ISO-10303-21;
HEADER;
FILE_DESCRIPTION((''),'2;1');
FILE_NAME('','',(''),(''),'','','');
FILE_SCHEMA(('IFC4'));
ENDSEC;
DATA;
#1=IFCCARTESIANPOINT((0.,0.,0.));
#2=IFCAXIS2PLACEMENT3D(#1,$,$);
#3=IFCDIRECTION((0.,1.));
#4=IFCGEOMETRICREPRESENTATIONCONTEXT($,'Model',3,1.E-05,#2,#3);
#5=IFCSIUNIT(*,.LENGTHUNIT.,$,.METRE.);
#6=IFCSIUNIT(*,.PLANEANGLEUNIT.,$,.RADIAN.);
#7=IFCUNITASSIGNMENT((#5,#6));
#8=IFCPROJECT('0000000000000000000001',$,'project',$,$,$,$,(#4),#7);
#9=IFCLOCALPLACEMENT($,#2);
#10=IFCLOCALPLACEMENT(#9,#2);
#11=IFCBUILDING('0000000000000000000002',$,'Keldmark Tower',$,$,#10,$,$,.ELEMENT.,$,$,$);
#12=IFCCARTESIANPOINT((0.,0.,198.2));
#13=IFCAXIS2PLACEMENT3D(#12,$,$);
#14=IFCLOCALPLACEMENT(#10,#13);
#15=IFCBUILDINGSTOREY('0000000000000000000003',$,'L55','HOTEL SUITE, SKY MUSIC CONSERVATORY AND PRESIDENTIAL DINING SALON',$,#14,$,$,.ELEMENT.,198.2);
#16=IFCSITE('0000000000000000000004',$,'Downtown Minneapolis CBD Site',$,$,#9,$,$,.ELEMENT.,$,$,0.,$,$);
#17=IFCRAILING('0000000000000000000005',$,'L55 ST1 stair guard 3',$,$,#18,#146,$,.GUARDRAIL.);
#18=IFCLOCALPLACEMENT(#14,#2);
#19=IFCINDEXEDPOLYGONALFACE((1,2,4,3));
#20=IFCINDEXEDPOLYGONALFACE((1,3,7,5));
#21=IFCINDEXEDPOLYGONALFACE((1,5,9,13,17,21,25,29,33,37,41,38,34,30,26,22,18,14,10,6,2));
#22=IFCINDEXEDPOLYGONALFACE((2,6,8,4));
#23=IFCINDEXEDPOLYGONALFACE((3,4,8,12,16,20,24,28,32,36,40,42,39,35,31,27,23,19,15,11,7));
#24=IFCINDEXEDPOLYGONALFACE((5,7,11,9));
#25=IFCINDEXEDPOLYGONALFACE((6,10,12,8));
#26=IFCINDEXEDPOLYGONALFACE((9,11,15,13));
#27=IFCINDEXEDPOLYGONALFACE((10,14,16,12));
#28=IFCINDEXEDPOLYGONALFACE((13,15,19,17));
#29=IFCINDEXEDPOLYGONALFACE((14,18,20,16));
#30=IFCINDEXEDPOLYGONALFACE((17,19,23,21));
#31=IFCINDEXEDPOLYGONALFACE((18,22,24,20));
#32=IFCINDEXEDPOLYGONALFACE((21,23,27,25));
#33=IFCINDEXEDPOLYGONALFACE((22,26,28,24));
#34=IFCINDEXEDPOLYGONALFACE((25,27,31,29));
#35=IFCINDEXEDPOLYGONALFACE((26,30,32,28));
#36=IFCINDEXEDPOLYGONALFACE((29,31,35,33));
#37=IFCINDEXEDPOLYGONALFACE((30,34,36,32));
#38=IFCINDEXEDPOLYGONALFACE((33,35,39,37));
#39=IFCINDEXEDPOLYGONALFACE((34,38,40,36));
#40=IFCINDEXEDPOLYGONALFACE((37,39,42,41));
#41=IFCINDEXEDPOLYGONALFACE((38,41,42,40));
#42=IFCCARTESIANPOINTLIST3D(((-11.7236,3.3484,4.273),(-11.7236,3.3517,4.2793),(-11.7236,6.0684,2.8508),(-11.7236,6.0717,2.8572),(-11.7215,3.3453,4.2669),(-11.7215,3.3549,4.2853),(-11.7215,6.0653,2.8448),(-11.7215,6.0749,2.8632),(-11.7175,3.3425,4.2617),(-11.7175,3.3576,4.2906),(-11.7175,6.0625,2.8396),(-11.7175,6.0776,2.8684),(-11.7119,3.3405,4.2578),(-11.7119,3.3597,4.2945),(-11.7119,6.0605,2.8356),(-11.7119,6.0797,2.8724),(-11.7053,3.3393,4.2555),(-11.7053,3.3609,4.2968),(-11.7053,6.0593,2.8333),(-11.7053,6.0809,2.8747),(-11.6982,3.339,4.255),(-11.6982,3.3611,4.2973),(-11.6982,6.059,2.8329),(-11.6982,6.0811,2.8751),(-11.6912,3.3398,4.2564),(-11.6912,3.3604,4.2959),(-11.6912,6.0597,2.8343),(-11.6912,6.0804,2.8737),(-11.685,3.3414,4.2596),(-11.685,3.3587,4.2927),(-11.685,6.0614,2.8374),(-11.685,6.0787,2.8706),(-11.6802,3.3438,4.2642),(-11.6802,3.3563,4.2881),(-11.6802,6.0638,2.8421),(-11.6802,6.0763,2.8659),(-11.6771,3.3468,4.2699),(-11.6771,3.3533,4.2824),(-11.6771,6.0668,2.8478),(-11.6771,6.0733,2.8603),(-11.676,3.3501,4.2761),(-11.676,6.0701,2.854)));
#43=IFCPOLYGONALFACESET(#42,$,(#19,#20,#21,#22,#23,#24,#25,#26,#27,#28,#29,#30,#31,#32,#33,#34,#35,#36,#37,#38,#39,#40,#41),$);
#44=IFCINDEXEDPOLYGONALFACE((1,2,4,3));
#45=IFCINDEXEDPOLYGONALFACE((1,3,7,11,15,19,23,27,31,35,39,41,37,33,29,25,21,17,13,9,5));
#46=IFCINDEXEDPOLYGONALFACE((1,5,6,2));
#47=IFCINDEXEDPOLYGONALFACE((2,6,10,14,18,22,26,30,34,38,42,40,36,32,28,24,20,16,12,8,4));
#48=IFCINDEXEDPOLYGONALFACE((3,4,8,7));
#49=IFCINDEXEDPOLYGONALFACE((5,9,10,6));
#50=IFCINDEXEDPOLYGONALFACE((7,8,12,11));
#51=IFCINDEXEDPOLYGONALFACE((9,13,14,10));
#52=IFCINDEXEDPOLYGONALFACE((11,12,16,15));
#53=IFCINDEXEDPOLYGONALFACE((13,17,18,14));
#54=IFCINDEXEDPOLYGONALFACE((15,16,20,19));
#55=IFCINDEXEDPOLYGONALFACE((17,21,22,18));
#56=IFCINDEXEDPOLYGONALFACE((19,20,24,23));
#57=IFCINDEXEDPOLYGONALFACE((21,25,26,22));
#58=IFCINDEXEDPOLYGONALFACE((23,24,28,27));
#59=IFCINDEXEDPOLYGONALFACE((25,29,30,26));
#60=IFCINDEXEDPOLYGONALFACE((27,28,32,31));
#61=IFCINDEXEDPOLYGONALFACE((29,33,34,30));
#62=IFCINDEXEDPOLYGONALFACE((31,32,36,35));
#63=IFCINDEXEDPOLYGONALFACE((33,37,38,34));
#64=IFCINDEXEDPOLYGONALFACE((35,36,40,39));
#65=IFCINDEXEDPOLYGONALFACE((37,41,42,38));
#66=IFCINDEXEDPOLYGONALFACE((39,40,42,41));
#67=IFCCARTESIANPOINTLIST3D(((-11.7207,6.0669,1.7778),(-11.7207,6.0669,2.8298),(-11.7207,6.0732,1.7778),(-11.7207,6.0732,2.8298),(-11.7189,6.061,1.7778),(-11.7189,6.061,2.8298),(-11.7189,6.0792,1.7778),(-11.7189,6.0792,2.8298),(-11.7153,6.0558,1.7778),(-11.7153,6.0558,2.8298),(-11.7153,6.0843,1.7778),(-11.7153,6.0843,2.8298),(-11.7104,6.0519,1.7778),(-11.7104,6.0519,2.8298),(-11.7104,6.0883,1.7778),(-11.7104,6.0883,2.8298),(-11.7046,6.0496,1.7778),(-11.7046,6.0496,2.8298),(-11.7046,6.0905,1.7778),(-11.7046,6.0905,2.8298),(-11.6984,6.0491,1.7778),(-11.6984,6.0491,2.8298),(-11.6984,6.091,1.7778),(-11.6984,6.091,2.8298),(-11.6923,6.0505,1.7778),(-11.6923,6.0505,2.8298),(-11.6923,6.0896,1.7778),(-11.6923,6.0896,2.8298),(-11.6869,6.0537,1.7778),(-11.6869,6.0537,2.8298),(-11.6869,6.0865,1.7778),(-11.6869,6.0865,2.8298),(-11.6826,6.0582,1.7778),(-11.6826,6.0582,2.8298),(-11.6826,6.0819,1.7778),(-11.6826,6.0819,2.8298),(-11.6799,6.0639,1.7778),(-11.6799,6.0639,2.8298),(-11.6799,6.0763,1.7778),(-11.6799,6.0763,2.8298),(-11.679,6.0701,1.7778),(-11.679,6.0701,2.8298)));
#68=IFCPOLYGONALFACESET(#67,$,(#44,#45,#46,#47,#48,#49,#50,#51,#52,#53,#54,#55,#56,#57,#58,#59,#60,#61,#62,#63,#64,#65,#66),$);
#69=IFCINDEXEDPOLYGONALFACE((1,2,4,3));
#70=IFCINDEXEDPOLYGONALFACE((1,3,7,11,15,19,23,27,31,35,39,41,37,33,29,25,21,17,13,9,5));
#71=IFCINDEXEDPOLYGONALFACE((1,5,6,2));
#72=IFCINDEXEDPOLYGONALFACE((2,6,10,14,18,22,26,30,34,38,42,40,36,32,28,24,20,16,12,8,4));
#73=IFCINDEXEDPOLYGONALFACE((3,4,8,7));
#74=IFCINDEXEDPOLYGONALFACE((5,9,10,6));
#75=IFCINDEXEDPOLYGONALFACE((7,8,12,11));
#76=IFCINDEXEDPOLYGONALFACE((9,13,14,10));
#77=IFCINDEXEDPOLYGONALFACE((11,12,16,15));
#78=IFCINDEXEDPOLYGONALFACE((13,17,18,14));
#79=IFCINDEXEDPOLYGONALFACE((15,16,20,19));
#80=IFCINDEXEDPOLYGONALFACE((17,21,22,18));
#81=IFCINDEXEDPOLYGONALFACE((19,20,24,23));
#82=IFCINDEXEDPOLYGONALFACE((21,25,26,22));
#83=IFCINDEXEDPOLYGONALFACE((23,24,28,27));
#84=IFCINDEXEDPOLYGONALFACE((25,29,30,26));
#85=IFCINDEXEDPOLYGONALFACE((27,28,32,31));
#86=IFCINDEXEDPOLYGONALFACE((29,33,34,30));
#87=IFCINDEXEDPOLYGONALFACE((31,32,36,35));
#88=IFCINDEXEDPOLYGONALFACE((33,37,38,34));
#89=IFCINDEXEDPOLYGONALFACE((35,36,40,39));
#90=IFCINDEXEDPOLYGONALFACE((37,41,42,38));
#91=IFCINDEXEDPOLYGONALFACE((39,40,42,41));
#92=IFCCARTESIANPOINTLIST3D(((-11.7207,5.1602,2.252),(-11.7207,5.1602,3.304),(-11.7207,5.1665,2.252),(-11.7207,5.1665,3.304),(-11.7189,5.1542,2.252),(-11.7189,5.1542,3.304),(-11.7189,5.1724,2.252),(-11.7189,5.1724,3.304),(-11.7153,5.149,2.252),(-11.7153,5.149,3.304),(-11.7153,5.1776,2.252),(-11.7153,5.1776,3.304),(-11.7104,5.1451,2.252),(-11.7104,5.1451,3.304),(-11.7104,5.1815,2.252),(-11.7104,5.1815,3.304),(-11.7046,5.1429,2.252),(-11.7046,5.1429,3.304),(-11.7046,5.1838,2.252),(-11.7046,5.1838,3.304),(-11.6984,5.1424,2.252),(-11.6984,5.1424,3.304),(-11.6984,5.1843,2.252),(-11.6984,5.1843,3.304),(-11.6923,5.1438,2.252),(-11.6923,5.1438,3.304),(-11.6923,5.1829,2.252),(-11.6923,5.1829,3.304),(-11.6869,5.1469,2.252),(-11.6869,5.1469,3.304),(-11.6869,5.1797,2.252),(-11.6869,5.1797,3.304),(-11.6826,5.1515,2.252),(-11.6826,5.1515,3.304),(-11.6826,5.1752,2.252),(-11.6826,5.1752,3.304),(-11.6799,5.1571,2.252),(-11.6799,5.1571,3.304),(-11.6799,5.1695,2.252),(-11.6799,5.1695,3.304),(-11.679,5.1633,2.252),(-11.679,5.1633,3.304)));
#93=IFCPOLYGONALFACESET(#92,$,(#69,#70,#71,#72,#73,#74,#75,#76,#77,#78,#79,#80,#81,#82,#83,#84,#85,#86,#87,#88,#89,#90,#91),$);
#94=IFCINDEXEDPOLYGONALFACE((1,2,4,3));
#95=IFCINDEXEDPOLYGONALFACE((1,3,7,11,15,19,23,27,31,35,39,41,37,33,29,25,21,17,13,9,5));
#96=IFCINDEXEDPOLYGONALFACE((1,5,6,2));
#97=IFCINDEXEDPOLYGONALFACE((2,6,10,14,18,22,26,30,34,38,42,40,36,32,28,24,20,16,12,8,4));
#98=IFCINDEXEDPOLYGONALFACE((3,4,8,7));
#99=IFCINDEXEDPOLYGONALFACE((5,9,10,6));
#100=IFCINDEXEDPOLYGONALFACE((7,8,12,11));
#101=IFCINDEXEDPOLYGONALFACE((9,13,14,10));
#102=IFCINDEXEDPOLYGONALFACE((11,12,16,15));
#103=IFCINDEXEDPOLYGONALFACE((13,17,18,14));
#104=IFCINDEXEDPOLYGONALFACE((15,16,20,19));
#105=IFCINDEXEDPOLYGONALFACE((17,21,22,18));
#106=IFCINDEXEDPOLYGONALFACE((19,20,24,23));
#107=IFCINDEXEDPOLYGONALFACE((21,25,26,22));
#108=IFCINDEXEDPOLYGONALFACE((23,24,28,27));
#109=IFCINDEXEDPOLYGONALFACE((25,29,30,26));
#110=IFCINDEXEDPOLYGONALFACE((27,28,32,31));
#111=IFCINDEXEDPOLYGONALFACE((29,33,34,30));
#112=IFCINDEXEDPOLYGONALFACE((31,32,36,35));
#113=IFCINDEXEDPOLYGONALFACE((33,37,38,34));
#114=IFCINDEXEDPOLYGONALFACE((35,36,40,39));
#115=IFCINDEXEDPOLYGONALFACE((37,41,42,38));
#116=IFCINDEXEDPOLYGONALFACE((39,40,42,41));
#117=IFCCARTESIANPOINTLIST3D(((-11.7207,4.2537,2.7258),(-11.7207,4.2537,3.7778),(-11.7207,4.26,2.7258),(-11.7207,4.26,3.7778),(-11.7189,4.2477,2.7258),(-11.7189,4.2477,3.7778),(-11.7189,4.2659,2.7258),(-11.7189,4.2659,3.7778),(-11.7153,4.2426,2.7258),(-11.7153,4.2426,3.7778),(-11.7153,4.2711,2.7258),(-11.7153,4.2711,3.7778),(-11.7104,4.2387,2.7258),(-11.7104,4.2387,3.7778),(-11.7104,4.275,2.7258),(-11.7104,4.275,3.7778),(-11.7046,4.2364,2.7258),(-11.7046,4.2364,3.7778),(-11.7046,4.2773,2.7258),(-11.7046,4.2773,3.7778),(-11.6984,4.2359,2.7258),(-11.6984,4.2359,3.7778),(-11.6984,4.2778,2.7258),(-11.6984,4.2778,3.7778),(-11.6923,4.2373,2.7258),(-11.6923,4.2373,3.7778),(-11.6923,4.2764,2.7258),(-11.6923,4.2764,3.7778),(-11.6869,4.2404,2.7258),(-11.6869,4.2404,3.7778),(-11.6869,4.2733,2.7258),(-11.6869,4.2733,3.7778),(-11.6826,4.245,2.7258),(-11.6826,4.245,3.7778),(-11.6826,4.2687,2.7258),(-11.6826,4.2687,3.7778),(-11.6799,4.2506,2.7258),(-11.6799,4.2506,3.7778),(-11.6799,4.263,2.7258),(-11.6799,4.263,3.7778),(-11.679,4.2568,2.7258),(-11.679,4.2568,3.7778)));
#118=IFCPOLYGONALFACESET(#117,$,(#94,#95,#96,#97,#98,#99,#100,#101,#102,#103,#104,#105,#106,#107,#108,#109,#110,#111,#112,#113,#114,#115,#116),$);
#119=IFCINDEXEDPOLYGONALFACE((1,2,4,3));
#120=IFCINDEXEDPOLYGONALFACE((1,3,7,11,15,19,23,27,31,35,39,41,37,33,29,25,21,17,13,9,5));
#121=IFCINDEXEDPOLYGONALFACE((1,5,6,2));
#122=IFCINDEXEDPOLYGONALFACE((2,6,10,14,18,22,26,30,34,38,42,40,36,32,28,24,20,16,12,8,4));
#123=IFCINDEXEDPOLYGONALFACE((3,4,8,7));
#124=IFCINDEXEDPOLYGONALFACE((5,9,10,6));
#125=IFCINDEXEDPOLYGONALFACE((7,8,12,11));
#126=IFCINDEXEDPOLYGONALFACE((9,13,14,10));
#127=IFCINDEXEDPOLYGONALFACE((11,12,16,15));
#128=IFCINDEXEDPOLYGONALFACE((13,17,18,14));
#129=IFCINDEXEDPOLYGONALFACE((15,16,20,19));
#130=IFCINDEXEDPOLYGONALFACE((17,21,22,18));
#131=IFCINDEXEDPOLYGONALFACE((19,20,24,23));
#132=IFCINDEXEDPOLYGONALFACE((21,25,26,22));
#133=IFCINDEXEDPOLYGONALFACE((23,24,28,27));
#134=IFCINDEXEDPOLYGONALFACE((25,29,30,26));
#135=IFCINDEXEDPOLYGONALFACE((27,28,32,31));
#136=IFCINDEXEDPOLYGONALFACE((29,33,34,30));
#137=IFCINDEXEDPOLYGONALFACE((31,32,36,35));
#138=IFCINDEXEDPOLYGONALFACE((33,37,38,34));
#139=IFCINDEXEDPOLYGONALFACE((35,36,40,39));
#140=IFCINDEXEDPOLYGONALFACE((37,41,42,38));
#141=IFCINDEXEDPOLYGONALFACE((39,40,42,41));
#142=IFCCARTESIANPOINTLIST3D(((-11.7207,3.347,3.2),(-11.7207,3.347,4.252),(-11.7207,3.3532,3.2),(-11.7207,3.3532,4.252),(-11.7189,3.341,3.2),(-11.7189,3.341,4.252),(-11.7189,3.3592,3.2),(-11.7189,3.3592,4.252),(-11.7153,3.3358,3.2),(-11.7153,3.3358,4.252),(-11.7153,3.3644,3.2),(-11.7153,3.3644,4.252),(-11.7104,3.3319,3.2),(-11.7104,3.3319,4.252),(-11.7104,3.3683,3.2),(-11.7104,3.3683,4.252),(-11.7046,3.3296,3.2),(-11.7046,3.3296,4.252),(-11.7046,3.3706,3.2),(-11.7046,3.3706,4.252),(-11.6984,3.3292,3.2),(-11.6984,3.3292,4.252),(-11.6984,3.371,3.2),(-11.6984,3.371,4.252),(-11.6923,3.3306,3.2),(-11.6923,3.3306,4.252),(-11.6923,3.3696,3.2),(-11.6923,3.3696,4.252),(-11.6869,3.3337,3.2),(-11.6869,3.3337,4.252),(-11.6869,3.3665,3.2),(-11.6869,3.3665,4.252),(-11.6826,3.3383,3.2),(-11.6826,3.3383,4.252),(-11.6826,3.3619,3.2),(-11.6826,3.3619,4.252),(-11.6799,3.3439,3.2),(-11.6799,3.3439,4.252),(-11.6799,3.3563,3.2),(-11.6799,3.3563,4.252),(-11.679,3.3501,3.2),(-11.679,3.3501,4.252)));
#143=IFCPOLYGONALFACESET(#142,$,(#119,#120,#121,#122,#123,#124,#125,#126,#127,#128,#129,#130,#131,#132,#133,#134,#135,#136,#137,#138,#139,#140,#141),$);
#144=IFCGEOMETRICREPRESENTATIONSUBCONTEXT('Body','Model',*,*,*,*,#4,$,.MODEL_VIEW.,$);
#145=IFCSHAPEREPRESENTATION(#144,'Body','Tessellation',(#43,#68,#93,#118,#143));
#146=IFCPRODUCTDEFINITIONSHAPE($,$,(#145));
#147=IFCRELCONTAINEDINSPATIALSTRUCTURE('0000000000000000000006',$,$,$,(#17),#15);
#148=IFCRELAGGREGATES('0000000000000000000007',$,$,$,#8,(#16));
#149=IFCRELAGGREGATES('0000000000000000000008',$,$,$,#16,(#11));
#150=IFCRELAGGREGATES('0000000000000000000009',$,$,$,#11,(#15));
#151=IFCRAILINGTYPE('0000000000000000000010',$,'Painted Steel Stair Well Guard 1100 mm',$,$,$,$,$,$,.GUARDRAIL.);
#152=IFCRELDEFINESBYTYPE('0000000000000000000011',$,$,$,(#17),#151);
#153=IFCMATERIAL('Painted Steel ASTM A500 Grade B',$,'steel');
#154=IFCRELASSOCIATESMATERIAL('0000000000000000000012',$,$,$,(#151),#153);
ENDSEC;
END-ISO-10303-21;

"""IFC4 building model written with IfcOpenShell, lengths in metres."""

from ifc_helpers import new_model, si_unit, direction, frame, origin, origin_2d, place, context, subcontext, project, spatial, circle, extrude, material, type_object, element, save


model = new_model("IFC4")

# Units and contexts
model_context = context("Model", 3, precision=1e-05, world=origin(), true_north=direction((0.0, 1.0)))
body_context = subcontext(model_context, "Body", "Model", "MODEL_VIEW")
ifc_project = project(units=[si_unit("LENGTHUNIT", "METRE"), si_unit("PLANEANGLEUNIT", "RADIAN")], contexts=[model_context])

# Site, building, storey
site_placement = place(None, origin())
site = spatial("IfcSite", under=ifc_project, at=site_placement, Name="Downtown Minneapolis CBD Site", CompositionType="ELEMENT", RefElevation=0.0)
building_placement = place(site_placement, origin())
building = spatial("IfcBuilding", under=site, at=building_placement, Name="Keldmark Tower", CompositionType="ELEMENT")
storey_placement = place(building_placement, frame((0.0, 0.0, 198.2)))
storey = spatial("IfcBuildingStorey", under=building, at=storey_placement, Name="L55", Description="HOTEL SUITE, SKY MUSIC CONSERVATORY AND PRESIDENTIAL DINING SALON", CompositionType="ELEMENT", Elevation=198.2)

# Railing
ifc_material_1 = material(Name="Painted Steel ASTM A500 Grade B", Category="steel")
railing_type_1 = type_object("IfcRailingType", Name="Painted Steel Stair Well Guard 1100 mm", PredefinedType="GUARDRAIL", material=ifc_material_1)
railing_1_placement = place(storey_placement, frame((-11.7, 6.0701, 1.7778)))
element("IfcRailing", 1, at=railing_1_placement, inside=storey, type_object=railing_type_1, Name="L55 ST1 stair guard 3", PredefinedType="GUARDRAIL", context=body_context, shape_type="SweptSolid", body=[
    extrude(circle(Radius=0.0239, at=origin_2d()), frame((0.0, 0.0, 1.0762), z_axis=(0.0, -0.886183, 0.463335), x_axis=(1.0, 0.0, 0.0)), (0.0, 0.0, 1.0), 3.0693),
    extrude(circle(Radius=0.021, at=origin_2d()), origin(), (0.0, 0.0, 1.0), 1.052),
    extrude(circle(Radius=0.021, at=origin_2d()), frame((0.0, -0.9067, 0.4741)), (0.0, 0.0, 1.0), 1.052),
    extrude(circle(Radius=0.021, at=origin_2d()), frame((0.0, -1.8132, 0.948)), (0.0, 0.0, 1.0), 1.052),
    extrude(circle(Radius=0.021, at=origin_2d()), frame((0.0, -2.72, 1.4221)), (0.0, 0.0, 1.0), 1.052),
])

save(model, "model.ifc")
